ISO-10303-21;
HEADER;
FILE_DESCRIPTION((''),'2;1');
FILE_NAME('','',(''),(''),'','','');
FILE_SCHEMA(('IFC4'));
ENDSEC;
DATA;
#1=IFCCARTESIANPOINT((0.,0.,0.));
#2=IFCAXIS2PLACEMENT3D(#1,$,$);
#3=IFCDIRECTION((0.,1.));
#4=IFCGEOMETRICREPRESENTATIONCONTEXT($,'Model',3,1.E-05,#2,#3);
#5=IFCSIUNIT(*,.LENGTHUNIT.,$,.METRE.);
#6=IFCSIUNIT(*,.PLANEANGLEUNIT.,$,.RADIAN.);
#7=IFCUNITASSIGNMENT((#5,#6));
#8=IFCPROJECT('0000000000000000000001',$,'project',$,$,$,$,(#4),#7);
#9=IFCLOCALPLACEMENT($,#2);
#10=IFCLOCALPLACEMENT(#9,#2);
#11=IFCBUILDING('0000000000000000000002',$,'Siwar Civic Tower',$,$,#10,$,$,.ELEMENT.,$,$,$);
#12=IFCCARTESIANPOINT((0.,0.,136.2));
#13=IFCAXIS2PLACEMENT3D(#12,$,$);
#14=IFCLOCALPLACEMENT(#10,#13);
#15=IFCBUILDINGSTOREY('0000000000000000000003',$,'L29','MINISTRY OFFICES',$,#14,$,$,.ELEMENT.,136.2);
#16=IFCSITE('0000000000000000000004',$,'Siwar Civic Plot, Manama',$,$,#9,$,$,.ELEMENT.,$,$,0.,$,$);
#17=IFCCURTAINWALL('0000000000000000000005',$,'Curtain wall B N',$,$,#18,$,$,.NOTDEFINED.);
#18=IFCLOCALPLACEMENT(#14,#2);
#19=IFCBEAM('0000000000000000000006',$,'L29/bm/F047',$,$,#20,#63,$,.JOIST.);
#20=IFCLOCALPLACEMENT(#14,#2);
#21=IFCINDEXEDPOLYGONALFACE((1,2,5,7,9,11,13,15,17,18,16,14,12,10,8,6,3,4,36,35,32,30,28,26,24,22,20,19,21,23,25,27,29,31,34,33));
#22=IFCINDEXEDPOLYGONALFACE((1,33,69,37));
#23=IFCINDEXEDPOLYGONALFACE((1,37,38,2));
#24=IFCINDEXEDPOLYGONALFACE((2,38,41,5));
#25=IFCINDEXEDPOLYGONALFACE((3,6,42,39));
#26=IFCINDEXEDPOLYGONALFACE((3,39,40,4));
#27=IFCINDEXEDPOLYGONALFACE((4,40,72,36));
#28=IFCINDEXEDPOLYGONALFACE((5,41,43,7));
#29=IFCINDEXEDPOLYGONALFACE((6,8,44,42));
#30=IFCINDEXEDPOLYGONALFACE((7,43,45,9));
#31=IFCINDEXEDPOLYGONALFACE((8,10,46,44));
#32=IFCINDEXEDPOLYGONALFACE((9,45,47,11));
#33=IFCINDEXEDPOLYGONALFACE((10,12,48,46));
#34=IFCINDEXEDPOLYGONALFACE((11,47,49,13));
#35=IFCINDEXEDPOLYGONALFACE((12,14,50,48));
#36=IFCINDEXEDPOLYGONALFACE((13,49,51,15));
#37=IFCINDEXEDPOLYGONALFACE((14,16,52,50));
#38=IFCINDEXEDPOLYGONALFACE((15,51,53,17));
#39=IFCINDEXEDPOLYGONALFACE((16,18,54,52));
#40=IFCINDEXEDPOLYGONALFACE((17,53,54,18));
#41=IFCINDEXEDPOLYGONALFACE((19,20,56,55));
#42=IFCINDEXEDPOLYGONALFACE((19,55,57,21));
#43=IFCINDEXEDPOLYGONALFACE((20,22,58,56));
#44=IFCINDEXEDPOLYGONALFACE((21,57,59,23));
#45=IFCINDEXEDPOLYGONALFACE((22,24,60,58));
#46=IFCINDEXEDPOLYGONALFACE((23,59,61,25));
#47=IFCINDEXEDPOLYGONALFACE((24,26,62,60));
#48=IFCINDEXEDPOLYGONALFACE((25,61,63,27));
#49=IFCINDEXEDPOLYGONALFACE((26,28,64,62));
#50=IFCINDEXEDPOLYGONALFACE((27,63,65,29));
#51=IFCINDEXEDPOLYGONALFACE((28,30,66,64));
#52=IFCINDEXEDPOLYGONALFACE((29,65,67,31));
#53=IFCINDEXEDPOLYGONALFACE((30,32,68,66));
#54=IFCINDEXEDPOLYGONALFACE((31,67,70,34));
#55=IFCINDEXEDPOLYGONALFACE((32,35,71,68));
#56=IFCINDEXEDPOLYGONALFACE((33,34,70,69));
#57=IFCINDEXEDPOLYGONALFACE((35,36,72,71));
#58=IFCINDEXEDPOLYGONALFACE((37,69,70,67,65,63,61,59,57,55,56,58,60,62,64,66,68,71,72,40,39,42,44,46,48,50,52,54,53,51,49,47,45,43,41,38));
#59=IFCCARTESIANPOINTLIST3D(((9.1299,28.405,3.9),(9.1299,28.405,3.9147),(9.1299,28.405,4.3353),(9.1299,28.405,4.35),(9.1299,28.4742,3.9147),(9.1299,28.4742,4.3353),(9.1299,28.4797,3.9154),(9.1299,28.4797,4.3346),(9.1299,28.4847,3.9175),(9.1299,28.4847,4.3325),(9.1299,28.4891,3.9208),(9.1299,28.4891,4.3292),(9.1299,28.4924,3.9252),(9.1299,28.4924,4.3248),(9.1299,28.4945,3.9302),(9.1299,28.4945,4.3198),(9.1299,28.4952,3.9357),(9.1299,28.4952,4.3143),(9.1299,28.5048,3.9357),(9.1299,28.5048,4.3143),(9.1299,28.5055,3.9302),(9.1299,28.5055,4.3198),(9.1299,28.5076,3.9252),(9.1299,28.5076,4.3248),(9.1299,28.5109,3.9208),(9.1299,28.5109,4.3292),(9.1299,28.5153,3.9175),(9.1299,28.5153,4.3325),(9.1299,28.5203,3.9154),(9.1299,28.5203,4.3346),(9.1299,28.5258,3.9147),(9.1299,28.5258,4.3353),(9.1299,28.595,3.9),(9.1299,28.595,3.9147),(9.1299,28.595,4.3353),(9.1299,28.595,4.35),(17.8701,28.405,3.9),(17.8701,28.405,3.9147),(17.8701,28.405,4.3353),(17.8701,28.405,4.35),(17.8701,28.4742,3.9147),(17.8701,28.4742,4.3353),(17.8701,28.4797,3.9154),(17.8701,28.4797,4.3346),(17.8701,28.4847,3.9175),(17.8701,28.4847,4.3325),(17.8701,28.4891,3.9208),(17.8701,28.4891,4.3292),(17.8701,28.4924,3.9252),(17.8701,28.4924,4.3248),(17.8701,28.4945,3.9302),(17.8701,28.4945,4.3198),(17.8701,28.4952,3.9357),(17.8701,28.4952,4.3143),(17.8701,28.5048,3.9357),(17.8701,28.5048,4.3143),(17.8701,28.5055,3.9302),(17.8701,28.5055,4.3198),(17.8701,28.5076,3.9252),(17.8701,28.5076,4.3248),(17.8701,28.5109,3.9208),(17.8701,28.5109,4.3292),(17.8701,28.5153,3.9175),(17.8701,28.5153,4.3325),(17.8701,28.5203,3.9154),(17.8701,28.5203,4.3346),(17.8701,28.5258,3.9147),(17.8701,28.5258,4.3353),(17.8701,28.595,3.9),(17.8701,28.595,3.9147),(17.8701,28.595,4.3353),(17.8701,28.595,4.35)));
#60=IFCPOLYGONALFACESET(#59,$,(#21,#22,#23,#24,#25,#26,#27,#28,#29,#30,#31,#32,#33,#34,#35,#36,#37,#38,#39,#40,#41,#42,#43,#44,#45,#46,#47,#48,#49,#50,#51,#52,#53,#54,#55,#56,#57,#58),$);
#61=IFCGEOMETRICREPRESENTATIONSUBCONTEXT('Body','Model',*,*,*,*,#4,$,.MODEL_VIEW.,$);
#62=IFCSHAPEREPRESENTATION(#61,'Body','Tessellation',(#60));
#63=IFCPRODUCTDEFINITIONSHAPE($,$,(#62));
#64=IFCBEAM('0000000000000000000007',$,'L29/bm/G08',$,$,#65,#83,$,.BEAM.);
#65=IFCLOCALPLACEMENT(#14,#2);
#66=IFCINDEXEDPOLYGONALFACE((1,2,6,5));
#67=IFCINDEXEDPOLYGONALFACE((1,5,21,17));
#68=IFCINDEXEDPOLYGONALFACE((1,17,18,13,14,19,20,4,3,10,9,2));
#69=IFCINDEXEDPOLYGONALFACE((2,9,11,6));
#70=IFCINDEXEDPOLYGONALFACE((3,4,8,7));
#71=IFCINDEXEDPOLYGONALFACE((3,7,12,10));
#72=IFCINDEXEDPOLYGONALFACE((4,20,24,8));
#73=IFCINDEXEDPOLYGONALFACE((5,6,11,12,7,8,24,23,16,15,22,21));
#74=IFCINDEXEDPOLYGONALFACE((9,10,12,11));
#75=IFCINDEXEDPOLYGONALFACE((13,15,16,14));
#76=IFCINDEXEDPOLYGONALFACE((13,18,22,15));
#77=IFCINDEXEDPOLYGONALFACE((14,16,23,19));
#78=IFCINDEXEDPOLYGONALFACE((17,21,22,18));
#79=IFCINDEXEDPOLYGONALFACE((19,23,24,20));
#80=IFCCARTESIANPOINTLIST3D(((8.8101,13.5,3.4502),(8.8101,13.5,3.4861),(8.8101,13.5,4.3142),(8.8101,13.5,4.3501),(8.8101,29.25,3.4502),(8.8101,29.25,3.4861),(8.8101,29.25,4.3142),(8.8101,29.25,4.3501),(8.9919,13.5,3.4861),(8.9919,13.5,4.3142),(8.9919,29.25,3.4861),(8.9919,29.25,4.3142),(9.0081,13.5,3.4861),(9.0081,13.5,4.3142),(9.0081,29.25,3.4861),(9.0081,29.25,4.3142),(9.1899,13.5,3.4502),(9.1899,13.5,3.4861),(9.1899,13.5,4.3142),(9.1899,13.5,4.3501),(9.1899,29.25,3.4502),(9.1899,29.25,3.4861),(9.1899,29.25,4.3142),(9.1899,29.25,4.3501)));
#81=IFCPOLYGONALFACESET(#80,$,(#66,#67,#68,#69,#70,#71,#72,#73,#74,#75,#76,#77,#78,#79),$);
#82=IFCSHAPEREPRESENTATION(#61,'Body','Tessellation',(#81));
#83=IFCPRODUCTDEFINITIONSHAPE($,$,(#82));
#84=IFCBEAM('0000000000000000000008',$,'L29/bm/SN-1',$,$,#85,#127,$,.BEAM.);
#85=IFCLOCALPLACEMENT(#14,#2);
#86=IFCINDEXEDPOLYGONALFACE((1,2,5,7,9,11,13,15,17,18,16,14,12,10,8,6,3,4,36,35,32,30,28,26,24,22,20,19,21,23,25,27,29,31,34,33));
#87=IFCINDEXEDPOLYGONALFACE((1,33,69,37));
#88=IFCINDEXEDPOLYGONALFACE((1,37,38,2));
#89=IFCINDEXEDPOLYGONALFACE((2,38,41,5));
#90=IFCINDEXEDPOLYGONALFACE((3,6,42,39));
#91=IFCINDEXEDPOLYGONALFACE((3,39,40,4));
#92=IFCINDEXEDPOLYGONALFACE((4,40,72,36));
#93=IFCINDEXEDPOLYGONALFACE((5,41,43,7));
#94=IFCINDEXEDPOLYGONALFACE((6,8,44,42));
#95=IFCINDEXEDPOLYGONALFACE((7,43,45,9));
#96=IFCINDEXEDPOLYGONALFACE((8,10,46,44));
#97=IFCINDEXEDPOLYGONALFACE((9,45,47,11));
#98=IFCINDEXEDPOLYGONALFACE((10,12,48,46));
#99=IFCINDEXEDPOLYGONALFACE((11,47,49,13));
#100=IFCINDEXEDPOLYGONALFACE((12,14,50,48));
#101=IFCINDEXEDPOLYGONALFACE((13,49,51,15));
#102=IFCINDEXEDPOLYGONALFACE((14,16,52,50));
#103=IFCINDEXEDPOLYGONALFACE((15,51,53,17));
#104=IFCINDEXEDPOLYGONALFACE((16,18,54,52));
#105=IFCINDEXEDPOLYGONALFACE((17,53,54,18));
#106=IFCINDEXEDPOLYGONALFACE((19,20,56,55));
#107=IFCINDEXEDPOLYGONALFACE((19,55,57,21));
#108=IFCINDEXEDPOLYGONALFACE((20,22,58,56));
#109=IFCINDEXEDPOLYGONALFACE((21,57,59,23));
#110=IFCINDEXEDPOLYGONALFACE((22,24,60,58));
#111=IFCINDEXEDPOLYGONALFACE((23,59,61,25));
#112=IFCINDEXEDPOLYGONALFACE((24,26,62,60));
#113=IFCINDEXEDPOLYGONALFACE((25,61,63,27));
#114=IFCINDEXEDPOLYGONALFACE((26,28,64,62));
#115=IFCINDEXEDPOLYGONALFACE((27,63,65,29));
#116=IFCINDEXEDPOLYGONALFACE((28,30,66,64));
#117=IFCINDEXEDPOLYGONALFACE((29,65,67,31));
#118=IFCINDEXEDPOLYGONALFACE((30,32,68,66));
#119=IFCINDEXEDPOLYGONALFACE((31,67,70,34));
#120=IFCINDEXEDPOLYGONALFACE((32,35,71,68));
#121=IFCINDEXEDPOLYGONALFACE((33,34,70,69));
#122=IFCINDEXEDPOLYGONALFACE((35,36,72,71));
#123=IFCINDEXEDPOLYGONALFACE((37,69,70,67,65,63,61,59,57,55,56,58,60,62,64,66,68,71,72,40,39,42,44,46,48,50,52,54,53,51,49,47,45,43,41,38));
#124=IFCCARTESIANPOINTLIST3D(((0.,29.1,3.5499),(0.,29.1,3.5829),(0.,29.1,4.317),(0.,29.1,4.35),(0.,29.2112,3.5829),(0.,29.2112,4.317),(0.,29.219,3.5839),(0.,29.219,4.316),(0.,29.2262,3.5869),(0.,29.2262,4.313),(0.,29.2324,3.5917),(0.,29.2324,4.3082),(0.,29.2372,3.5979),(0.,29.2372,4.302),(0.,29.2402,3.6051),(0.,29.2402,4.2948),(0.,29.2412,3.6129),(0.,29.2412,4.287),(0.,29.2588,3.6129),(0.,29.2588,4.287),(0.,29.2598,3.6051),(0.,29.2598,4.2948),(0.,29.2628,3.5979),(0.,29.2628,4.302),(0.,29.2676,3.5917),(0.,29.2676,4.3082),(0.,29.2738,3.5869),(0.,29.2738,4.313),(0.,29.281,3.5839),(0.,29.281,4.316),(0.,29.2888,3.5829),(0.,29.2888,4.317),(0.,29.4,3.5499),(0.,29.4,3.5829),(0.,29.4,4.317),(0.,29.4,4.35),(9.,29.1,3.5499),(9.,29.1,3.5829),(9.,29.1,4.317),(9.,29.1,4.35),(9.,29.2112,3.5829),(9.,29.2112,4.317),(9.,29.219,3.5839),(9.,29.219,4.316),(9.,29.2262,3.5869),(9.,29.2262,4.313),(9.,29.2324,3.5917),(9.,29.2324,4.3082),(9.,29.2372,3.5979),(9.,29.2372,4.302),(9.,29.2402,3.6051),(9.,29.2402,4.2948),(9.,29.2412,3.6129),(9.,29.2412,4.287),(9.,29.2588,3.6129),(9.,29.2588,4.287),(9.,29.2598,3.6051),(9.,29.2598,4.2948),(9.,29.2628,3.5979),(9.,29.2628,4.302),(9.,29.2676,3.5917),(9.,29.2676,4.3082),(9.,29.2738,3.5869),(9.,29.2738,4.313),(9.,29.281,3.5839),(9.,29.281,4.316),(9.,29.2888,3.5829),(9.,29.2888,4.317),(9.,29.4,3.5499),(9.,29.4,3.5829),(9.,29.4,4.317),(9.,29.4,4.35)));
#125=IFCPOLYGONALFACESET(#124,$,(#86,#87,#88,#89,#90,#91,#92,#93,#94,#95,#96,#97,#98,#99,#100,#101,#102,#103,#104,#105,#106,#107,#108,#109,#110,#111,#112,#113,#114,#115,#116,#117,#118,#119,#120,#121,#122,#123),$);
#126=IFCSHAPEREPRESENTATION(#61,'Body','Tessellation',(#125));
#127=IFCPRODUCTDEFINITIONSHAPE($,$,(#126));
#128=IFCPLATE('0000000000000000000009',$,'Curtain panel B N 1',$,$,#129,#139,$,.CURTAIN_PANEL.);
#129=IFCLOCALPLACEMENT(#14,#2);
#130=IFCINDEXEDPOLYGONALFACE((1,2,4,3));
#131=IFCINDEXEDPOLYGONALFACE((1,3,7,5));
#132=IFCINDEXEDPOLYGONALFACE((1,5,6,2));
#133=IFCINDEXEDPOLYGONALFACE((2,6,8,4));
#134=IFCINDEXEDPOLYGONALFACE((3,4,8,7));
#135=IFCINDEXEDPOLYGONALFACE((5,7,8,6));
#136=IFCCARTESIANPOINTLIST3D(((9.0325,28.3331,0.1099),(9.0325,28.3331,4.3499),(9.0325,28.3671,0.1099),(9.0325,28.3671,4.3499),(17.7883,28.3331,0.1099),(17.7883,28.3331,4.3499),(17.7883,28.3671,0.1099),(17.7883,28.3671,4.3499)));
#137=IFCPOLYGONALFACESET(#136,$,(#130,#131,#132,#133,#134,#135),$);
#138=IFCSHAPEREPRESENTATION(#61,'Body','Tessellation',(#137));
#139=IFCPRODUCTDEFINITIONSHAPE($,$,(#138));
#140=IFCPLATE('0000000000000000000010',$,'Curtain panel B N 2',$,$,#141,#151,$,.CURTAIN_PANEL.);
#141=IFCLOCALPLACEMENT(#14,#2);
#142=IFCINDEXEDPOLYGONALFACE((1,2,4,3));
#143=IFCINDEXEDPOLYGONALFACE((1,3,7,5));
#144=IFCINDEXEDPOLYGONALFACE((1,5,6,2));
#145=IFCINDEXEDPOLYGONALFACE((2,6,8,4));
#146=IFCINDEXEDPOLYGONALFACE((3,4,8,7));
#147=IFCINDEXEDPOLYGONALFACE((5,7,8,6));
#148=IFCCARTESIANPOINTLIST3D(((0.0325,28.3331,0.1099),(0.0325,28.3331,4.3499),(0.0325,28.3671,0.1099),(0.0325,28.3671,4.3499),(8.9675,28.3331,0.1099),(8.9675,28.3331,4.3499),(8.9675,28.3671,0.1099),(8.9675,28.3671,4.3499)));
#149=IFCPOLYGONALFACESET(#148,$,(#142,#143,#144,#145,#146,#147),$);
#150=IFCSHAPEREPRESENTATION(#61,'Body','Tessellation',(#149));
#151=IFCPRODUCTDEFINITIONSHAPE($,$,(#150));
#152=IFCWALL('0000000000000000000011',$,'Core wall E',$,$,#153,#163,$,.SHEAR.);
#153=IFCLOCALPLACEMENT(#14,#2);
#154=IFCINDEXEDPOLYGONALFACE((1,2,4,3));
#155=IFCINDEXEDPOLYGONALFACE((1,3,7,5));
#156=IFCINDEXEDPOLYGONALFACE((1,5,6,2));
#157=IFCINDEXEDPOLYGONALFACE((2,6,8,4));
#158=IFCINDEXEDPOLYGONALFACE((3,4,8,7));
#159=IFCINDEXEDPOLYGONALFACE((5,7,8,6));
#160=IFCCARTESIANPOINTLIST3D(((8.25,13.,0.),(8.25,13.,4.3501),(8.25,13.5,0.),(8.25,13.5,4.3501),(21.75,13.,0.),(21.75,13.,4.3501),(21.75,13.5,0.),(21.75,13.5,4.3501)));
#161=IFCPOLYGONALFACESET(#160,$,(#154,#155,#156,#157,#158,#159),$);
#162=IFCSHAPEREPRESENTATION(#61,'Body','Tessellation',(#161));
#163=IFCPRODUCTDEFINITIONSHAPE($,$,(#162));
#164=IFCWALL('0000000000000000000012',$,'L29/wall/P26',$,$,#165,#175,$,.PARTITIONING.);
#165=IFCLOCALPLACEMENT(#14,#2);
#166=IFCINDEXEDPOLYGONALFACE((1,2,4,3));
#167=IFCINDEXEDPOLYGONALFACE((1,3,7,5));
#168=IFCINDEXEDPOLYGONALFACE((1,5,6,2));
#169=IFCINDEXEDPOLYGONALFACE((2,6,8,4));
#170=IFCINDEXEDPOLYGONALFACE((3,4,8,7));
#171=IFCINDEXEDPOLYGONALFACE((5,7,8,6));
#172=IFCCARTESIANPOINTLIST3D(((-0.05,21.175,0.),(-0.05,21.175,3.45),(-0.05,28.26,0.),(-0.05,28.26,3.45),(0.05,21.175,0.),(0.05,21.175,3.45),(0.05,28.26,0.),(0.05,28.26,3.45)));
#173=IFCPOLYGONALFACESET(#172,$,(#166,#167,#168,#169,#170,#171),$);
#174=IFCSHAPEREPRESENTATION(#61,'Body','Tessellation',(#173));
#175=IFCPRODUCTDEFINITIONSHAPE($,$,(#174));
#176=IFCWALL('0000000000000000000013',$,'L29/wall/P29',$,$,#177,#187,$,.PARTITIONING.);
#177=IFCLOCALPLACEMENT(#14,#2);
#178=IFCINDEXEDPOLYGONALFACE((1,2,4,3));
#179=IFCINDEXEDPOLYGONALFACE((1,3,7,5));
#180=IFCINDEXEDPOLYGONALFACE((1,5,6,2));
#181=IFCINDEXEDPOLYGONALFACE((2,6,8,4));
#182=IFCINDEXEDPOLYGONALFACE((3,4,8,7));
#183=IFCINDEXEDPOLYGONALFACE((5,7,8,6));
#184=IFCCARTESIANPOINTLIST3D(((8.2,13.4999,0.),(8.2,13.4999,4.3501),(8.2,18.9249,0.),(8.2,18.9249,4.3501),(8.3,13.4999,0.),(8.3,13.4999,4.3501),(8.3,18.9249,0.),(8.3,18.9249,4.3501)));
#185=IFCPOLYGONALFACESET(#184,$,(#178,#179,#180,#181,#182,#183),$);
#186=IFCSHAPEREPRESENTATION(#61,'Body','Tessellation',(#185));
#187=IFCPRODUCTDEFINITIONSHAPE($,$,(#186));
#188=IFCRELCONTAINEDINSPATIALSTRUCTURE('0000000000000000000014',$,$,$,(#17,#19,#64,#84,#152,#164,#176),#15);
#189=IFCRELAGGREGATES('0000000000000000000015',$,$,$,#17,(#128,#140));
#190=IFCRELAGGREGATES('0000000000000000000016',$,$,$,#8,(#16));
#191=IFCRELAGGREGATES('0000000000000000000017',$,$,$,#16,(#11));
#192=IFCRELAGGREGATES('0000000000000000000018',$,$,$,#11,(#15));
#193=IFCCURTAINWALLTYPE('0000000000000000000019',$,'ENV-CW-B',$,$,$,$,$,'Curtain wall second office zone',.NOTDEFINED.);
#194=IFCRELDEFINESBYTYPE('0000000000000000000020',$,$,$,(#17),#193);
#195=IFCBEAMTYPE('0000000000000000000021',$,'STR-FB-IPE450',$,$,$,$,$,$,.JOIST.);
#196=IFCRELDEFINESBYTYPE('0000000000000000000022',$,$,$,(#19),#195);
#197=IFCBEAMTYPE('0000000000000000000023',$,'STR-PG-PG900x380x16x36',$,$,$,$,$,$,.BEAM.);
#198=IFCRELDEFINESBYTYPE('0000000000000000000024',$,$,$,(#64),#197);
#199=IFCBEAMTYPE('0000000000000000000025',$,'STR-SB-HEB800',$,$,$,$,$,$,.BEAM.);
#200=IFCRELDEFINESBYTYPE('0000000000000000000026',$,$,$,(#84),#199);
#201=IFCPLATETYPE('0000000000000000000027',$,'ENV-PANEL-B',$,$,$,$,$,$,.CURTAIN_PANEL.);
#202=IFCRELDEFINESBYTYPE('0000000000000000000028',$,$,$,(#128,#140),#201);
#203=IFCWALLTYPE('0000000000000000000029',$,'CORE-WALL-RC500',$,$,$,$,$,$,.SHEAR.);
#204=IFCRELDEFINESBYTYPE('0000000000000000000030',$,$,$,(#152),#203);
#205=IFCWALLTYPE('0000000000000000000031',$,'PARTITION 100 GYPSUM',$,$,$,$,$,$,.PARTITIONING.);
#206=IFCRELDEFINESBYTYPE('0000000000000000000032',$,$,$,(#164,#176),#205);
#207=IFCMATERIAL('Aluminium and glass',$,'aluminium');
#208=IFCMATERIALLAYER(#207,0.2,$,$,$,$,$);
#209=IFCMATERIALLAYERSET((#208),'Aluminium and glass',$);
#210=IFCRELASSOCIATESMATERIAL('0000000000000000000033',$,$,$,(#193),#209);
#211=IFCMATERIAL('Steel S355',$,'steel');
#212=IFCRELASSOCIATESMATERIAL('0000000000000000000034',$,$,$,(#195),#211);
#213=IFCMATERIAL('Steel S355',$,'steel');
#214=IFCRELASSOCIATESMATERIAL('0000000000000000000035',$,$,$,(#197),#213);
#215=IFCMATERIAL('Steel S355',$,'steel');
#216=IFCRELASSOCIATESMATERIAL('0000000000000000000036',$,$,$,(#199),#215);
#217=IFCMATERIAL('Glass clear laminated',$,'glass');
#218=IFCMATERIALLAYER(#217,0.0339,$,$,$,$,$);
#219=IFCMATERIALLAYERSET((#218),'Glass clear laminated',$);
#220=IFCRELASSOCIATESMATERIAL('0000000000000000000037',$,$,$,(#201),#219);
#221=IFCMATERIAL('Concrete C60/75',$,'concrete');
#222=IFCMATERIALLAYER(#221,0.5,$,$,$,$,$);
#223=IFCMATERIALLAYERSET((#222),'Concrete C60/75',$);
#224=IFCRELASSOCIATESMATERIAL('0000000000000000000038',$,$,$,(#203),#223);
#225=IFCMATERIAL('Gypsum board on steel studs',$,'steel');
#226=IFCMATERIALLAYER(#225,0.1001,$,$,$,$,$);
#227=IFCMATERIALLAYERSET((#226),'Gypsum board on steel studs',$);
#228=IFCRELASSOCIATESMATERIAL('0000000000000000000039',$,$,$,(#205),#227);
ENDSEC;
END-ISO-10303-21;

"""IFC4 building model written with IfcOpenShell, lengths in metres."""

from ifc_helpers import new_model, si_unit, direction, frame, frame_2d, origin, origin_2d, place, context, subcontext, project, spatial, rectangle, i_section, extrude, material, layer, layer_set, material_profile, profile_set, type_object, element, aggregate, save


model = new_model("IFC4")

# Units and contexts
model_context = context("Model", 3, precision=1e-05, world=origin(), true_north=direction((0.0, 1.0)))
body_context = subcontext(model_context, "Body", "Model", "MODEL_VIEW")
ifc_project = project(units=[si_unit("LENGTHUNIT", "METRE"), si_unit("PLANEANGLEUNIT", "RADIAN")], contexts=[model_context])

# Site, building, storey
site_placement = place(None, origin())
site = spatial("IfcSite", under=ifc_project, at=site_placement, Name="Siwar Civic Plot, Manama", CompositionType="ELEMENT", RefElevation=0.0)
building_placement = place(site_placement, origin())
building = spatial("IfcBuilding", under=site, at=building_placement, Name="Siwar Civic Tower", CompositionType="ELEMENT")
storey_placement = place(building_placement, frame((0.0, 0.0, 136.2)))
storey = spatial("IfcBuildingStorey", under=building, at=storey_placement, Name="L29", Description="MINISTRY OFFICES", CompositionType="ELEMENT", Elevation=136.2)

# Curtain wall
ifc_material_1 = material(Name="Aluminium and glass", Category="aluminium")
ifc_layer_1 = layer(ifc_material_1, 0.2)
ifc_layer_set_1 = layer_set([ifc_layer_1], Name="Aluminium and glass")
curtain_wall_type = type_object("IfcCurtainWallType", Name="ENV-CW-B", ElementType="Curtain wall second office zone", PredefinedType="NOTDEFINED", material=ifc_layer_set_1)
curtain_wall_placement = place(storey_placement, origin())
curtain_wall = element("IfcCurtainWall", 1, at=curtain_wall_placement, inside=storey, type_object=curtain_wall_type, Name="Curtain wall B N", PredefinedType="NOTDEFINED")

# Beams
ifc_material_2 = material(Name="Steel S355", Category="steel")
ifc_material_profile_1 = material_profile(ifc_material_2, i_section(OverallWidth=0.1899, OverallDepth=0.45, WebThickness=0.0095, FlangeThickness=0.0146, FilletRadius=0.021, at=origin_2d()), Name="IPE450")
ifc_profile_set_1 = profile_set([ifc_material_profile_1], Name="Steel S355")
beam_type_1 = type_object("IfcBeamType", Name="STR-FB-IPE450", PredefinedType="JOIST", material=ifc_profile_set_1)
for number, where, z_axis, x_axis, name in (
    (2, (9.1299, 28.5, 4.125), (1.0, 0.0, 0.0), (0.0, 1.0, 0.0), "L29/bm/F047"),
):
    element("IfcBeam", number, at=place(storey_placement, frame(where, z_axis=z_axis, x_axis=x_axis)), inside=storey, type_object=beam_type_1, Name=name, PredefinedType="JOIST", context=body_context, shape_type="SweptSolid", body=[
        extrude(i_section(OverallWidth=0.1899, OverallDepth=0.45, WebThickness=0.0095, FlangeThickness=0.0146, FilletRadius=0.021, at=origin_2d()), origin(), (0.0, 0.0, 1.0), 8.7402),
    ])
ifc_material_3 = material(Name="Steel S355", Category="steel")
ifc_material_profile_2 = material_profile(ifc_material_3, i_section(OverallWidth=0.3799, OverallDepth=0.8999, WebThickness=0.0161, FlangeThickness=0.0359, at=origin_2d()), Name="PG900x380x16x36")
ifc_profile_set_2 = profile_set([ifc_material_profile_2], Name="Steel S355")
beam_type_2 = type_object("IfcBeamType", Name="STR-PG-PG900x380x16x36", PredefinedType="BEAM", material=ifc_profile_set_2)
beam_1_placement = place(storey_placement, frame((9.0, 13.5, 3.9001), z_axis=(0.0, 1.0, 0.0), x_axis=(-1.0, 0.0, 0.0)))
element("IfcBeam", 3, at=beam_1_placement, inside=storey, type_object=beam_type_2, Name="L29/bm/G08", PredefinedType="BEAM", context=body_context, shape_type="SweptSolid", body=[
    extrude(i_section(OverallWidth=0.3799, OverallDepth=0.8999, WebThickness=0.0161, FlangeThickness=0.0359, at=origin_2d()), origin(), (0.0, 0.0, 1.0), 15.75),
])
ifc_material_4 = material(Name="Steel S355", Category="steel")
ifc_material_profile_3 = material_profile(ifc_material_4, i_section(OverallWidth=0.3, OverallDepth=0.8, WebThickness=0.0176, FlangeThickness=0.033, FilletRadius=0.03, at=origin_2d()), Name="HEB800")
ifc_profile_set_3 = profile_set([ifc_material_profile_3], Name="Steel S355")
beam_type_3 = type_object("IfcBeamType", Name="STR-SB-HEB800", PredefinedType="BEAM", material=ifc_profile_set_3)
beam_2_placement = place(storey_placement, frame((9.0, 29.25, 3.95), z_axis=(-1.0, 0.0, 0.0), x_axis=(0.0, -1.0, 0.0)))
element("IfcBeam", 4, at=beam_2_placement, inside=storey, type_object=beam_type_3, Name="L29/bm/SN-1", PredefinedType="BEAM", context=body_context, shape_type="SweptSolid", body=[
    extrude(i_section(OverallWidth=0.3, OverallDepth=0.8, WebThickness=0.0176, FlangeThickness=0.033, FilletRadius=0.03, at=origin_2d()), origin(), (0.0, 0.0, 1.0), 9.0),
])

# Plates
ifc_material_5 = material(Name="Glass clear laminated", Category="glass")
ifc_layer_2 = layer(ifc_material_5, 0.0339)
ifc_layer_set_2 = layer_set([ifc_layer_2], Name="Glass clear laminated")
plate_type = type_object("IfcPlateType", Name="ENV-PANEL-B", PredefinedType="CURTAIN_PANEL", material=ifc_layer_set_2)
plate_1_placement = place(storey_placement, frame((13.4104, 28.3501, 0.1099), z_axis=(0.0, 0.0, 1.0), x_axis=(-1.0, 0.0, 0.0)))
plate_1 = element("IfcPlate", 5, at=plate_1_placement, type_object=plate_type, Name="Curtain panel B N 1", PredefinedType="CURTAIN_PANEL", context=body_context, shape_type="SweptSolid", body=[
    extrude(rectangle(XDim=8.7559, YDim=0.0339, at=origin_2d()), origin(), (0.0, 0.0, 1.0), 4.24),
])
plate_2_placement = place(storey_placement, frame((4.5, 28.3501, 0.1099), z_axis=(0.0, 0.0, 1.0), x_axis=(-1.0, 0.0, 0.0)))
plate_2 = element("IfcPlate", 6, at=plate_2_placement, type_object=plate_type, Name="Curtain panel B N 2", PredefinedType="CURTAIN_PANEL", context=body_context, shape_type="SweptSolid", body=[
    extrude(rectangle(XDim=8.9351, YDim=0.0339, at=origin_2d()), origin(), (0.0, 0.0, 1.0), 4.24),
])
aggregate(curtain_wall, [plate_1, plate_2])

# Walls
ifc_material_6 = material(Name="Concrete C60/75", Category="concrete")
ifc_layer_3 = layer(ifc_material_6, 0.5)
ifc_layer_set_3 = layer_set([ifc_layer_3], Name="Concrete C60/75")
wall_type_1 = type_object("IfcWallType", Name="CORE-WALL-RC500", PredefinedType="SHEAR", material=ifc_layer_set_3)
wall_1_placement = place(storey_placement, frame((8.25, 13.25, 0.0), z_axis=(0.0, 0.0, 1.0), x_axis=(1.0, 0.0, 0.0)))
element("IfcWall", 7, at=wall_1_placement, inside=storey, type_object=wall_type_1, Name="Core wall E", PredefinedType="SHEAR", context=body_context, shape_type="SweptSolid", body=[
    extrude(rectangle(XDim=13.5, YDim=0.5, at=frame_2d((6.75, 0.0))), origin(), (0.0, 0.0, 1.0), 4.3501),
])
ifc_material_7 = material(Name="Gypsum board on steel studs", Category="steel")
ifc_layer_4 = layer(ifc_material_7, 0.1001)
ifc_layer_set_4 = layer_set([ifc_layer_4], Name="Gypsum board on steel studs")
wall_type_2 = type_object("IfcWallType", Name="PARTITION 100 GYPSUM", PredefinedType="PARTITIONING", material=ifc_layer_set_4)
wall_2_placement = place(storey_placement, frame((0.0, 21.175, 0.0), z_axis=(0.0, 0.0, 1.0), x_axis=(0.0, 1.0, 0.0)))
element("IfcWall", 8, at=wall_2_placement, inside=storey, type_object=wall_type_2, Name="L29/wall/P26", PredefinedType="PARTITIONING", context=body_context, shape_type="SweptSolid", body=[
    extrude(rectangle(XDim=7.085, YDim=0.1001, at=frame_2d((3.5425, 0.0))), origin(), (0.0, 0.0, 1.0), 3.45),
])
wall_3_placement = place(storey_placement, frame((8.25, 13.5, 0.0), z_axis=(0.0, 0.0, 1.0), x_axis=(0.0, 1.0, 0.0)))
element("IfcWall", 9, at=wall_3_placement, inside=storey, type_object=wall_type_2, Name="L29/wall/P29", PredefinedType="PARTITIONING", context=body_context, shape_type="SweptSolid", body=[
    extrude(rectangle(XDim=5.425, YDim=0.1001, at=frame_2d((2.7124, 0.0))), origin(), (0.0, 0.0, 1.0), 4.3501),
])

save(model, "model.ifc")
